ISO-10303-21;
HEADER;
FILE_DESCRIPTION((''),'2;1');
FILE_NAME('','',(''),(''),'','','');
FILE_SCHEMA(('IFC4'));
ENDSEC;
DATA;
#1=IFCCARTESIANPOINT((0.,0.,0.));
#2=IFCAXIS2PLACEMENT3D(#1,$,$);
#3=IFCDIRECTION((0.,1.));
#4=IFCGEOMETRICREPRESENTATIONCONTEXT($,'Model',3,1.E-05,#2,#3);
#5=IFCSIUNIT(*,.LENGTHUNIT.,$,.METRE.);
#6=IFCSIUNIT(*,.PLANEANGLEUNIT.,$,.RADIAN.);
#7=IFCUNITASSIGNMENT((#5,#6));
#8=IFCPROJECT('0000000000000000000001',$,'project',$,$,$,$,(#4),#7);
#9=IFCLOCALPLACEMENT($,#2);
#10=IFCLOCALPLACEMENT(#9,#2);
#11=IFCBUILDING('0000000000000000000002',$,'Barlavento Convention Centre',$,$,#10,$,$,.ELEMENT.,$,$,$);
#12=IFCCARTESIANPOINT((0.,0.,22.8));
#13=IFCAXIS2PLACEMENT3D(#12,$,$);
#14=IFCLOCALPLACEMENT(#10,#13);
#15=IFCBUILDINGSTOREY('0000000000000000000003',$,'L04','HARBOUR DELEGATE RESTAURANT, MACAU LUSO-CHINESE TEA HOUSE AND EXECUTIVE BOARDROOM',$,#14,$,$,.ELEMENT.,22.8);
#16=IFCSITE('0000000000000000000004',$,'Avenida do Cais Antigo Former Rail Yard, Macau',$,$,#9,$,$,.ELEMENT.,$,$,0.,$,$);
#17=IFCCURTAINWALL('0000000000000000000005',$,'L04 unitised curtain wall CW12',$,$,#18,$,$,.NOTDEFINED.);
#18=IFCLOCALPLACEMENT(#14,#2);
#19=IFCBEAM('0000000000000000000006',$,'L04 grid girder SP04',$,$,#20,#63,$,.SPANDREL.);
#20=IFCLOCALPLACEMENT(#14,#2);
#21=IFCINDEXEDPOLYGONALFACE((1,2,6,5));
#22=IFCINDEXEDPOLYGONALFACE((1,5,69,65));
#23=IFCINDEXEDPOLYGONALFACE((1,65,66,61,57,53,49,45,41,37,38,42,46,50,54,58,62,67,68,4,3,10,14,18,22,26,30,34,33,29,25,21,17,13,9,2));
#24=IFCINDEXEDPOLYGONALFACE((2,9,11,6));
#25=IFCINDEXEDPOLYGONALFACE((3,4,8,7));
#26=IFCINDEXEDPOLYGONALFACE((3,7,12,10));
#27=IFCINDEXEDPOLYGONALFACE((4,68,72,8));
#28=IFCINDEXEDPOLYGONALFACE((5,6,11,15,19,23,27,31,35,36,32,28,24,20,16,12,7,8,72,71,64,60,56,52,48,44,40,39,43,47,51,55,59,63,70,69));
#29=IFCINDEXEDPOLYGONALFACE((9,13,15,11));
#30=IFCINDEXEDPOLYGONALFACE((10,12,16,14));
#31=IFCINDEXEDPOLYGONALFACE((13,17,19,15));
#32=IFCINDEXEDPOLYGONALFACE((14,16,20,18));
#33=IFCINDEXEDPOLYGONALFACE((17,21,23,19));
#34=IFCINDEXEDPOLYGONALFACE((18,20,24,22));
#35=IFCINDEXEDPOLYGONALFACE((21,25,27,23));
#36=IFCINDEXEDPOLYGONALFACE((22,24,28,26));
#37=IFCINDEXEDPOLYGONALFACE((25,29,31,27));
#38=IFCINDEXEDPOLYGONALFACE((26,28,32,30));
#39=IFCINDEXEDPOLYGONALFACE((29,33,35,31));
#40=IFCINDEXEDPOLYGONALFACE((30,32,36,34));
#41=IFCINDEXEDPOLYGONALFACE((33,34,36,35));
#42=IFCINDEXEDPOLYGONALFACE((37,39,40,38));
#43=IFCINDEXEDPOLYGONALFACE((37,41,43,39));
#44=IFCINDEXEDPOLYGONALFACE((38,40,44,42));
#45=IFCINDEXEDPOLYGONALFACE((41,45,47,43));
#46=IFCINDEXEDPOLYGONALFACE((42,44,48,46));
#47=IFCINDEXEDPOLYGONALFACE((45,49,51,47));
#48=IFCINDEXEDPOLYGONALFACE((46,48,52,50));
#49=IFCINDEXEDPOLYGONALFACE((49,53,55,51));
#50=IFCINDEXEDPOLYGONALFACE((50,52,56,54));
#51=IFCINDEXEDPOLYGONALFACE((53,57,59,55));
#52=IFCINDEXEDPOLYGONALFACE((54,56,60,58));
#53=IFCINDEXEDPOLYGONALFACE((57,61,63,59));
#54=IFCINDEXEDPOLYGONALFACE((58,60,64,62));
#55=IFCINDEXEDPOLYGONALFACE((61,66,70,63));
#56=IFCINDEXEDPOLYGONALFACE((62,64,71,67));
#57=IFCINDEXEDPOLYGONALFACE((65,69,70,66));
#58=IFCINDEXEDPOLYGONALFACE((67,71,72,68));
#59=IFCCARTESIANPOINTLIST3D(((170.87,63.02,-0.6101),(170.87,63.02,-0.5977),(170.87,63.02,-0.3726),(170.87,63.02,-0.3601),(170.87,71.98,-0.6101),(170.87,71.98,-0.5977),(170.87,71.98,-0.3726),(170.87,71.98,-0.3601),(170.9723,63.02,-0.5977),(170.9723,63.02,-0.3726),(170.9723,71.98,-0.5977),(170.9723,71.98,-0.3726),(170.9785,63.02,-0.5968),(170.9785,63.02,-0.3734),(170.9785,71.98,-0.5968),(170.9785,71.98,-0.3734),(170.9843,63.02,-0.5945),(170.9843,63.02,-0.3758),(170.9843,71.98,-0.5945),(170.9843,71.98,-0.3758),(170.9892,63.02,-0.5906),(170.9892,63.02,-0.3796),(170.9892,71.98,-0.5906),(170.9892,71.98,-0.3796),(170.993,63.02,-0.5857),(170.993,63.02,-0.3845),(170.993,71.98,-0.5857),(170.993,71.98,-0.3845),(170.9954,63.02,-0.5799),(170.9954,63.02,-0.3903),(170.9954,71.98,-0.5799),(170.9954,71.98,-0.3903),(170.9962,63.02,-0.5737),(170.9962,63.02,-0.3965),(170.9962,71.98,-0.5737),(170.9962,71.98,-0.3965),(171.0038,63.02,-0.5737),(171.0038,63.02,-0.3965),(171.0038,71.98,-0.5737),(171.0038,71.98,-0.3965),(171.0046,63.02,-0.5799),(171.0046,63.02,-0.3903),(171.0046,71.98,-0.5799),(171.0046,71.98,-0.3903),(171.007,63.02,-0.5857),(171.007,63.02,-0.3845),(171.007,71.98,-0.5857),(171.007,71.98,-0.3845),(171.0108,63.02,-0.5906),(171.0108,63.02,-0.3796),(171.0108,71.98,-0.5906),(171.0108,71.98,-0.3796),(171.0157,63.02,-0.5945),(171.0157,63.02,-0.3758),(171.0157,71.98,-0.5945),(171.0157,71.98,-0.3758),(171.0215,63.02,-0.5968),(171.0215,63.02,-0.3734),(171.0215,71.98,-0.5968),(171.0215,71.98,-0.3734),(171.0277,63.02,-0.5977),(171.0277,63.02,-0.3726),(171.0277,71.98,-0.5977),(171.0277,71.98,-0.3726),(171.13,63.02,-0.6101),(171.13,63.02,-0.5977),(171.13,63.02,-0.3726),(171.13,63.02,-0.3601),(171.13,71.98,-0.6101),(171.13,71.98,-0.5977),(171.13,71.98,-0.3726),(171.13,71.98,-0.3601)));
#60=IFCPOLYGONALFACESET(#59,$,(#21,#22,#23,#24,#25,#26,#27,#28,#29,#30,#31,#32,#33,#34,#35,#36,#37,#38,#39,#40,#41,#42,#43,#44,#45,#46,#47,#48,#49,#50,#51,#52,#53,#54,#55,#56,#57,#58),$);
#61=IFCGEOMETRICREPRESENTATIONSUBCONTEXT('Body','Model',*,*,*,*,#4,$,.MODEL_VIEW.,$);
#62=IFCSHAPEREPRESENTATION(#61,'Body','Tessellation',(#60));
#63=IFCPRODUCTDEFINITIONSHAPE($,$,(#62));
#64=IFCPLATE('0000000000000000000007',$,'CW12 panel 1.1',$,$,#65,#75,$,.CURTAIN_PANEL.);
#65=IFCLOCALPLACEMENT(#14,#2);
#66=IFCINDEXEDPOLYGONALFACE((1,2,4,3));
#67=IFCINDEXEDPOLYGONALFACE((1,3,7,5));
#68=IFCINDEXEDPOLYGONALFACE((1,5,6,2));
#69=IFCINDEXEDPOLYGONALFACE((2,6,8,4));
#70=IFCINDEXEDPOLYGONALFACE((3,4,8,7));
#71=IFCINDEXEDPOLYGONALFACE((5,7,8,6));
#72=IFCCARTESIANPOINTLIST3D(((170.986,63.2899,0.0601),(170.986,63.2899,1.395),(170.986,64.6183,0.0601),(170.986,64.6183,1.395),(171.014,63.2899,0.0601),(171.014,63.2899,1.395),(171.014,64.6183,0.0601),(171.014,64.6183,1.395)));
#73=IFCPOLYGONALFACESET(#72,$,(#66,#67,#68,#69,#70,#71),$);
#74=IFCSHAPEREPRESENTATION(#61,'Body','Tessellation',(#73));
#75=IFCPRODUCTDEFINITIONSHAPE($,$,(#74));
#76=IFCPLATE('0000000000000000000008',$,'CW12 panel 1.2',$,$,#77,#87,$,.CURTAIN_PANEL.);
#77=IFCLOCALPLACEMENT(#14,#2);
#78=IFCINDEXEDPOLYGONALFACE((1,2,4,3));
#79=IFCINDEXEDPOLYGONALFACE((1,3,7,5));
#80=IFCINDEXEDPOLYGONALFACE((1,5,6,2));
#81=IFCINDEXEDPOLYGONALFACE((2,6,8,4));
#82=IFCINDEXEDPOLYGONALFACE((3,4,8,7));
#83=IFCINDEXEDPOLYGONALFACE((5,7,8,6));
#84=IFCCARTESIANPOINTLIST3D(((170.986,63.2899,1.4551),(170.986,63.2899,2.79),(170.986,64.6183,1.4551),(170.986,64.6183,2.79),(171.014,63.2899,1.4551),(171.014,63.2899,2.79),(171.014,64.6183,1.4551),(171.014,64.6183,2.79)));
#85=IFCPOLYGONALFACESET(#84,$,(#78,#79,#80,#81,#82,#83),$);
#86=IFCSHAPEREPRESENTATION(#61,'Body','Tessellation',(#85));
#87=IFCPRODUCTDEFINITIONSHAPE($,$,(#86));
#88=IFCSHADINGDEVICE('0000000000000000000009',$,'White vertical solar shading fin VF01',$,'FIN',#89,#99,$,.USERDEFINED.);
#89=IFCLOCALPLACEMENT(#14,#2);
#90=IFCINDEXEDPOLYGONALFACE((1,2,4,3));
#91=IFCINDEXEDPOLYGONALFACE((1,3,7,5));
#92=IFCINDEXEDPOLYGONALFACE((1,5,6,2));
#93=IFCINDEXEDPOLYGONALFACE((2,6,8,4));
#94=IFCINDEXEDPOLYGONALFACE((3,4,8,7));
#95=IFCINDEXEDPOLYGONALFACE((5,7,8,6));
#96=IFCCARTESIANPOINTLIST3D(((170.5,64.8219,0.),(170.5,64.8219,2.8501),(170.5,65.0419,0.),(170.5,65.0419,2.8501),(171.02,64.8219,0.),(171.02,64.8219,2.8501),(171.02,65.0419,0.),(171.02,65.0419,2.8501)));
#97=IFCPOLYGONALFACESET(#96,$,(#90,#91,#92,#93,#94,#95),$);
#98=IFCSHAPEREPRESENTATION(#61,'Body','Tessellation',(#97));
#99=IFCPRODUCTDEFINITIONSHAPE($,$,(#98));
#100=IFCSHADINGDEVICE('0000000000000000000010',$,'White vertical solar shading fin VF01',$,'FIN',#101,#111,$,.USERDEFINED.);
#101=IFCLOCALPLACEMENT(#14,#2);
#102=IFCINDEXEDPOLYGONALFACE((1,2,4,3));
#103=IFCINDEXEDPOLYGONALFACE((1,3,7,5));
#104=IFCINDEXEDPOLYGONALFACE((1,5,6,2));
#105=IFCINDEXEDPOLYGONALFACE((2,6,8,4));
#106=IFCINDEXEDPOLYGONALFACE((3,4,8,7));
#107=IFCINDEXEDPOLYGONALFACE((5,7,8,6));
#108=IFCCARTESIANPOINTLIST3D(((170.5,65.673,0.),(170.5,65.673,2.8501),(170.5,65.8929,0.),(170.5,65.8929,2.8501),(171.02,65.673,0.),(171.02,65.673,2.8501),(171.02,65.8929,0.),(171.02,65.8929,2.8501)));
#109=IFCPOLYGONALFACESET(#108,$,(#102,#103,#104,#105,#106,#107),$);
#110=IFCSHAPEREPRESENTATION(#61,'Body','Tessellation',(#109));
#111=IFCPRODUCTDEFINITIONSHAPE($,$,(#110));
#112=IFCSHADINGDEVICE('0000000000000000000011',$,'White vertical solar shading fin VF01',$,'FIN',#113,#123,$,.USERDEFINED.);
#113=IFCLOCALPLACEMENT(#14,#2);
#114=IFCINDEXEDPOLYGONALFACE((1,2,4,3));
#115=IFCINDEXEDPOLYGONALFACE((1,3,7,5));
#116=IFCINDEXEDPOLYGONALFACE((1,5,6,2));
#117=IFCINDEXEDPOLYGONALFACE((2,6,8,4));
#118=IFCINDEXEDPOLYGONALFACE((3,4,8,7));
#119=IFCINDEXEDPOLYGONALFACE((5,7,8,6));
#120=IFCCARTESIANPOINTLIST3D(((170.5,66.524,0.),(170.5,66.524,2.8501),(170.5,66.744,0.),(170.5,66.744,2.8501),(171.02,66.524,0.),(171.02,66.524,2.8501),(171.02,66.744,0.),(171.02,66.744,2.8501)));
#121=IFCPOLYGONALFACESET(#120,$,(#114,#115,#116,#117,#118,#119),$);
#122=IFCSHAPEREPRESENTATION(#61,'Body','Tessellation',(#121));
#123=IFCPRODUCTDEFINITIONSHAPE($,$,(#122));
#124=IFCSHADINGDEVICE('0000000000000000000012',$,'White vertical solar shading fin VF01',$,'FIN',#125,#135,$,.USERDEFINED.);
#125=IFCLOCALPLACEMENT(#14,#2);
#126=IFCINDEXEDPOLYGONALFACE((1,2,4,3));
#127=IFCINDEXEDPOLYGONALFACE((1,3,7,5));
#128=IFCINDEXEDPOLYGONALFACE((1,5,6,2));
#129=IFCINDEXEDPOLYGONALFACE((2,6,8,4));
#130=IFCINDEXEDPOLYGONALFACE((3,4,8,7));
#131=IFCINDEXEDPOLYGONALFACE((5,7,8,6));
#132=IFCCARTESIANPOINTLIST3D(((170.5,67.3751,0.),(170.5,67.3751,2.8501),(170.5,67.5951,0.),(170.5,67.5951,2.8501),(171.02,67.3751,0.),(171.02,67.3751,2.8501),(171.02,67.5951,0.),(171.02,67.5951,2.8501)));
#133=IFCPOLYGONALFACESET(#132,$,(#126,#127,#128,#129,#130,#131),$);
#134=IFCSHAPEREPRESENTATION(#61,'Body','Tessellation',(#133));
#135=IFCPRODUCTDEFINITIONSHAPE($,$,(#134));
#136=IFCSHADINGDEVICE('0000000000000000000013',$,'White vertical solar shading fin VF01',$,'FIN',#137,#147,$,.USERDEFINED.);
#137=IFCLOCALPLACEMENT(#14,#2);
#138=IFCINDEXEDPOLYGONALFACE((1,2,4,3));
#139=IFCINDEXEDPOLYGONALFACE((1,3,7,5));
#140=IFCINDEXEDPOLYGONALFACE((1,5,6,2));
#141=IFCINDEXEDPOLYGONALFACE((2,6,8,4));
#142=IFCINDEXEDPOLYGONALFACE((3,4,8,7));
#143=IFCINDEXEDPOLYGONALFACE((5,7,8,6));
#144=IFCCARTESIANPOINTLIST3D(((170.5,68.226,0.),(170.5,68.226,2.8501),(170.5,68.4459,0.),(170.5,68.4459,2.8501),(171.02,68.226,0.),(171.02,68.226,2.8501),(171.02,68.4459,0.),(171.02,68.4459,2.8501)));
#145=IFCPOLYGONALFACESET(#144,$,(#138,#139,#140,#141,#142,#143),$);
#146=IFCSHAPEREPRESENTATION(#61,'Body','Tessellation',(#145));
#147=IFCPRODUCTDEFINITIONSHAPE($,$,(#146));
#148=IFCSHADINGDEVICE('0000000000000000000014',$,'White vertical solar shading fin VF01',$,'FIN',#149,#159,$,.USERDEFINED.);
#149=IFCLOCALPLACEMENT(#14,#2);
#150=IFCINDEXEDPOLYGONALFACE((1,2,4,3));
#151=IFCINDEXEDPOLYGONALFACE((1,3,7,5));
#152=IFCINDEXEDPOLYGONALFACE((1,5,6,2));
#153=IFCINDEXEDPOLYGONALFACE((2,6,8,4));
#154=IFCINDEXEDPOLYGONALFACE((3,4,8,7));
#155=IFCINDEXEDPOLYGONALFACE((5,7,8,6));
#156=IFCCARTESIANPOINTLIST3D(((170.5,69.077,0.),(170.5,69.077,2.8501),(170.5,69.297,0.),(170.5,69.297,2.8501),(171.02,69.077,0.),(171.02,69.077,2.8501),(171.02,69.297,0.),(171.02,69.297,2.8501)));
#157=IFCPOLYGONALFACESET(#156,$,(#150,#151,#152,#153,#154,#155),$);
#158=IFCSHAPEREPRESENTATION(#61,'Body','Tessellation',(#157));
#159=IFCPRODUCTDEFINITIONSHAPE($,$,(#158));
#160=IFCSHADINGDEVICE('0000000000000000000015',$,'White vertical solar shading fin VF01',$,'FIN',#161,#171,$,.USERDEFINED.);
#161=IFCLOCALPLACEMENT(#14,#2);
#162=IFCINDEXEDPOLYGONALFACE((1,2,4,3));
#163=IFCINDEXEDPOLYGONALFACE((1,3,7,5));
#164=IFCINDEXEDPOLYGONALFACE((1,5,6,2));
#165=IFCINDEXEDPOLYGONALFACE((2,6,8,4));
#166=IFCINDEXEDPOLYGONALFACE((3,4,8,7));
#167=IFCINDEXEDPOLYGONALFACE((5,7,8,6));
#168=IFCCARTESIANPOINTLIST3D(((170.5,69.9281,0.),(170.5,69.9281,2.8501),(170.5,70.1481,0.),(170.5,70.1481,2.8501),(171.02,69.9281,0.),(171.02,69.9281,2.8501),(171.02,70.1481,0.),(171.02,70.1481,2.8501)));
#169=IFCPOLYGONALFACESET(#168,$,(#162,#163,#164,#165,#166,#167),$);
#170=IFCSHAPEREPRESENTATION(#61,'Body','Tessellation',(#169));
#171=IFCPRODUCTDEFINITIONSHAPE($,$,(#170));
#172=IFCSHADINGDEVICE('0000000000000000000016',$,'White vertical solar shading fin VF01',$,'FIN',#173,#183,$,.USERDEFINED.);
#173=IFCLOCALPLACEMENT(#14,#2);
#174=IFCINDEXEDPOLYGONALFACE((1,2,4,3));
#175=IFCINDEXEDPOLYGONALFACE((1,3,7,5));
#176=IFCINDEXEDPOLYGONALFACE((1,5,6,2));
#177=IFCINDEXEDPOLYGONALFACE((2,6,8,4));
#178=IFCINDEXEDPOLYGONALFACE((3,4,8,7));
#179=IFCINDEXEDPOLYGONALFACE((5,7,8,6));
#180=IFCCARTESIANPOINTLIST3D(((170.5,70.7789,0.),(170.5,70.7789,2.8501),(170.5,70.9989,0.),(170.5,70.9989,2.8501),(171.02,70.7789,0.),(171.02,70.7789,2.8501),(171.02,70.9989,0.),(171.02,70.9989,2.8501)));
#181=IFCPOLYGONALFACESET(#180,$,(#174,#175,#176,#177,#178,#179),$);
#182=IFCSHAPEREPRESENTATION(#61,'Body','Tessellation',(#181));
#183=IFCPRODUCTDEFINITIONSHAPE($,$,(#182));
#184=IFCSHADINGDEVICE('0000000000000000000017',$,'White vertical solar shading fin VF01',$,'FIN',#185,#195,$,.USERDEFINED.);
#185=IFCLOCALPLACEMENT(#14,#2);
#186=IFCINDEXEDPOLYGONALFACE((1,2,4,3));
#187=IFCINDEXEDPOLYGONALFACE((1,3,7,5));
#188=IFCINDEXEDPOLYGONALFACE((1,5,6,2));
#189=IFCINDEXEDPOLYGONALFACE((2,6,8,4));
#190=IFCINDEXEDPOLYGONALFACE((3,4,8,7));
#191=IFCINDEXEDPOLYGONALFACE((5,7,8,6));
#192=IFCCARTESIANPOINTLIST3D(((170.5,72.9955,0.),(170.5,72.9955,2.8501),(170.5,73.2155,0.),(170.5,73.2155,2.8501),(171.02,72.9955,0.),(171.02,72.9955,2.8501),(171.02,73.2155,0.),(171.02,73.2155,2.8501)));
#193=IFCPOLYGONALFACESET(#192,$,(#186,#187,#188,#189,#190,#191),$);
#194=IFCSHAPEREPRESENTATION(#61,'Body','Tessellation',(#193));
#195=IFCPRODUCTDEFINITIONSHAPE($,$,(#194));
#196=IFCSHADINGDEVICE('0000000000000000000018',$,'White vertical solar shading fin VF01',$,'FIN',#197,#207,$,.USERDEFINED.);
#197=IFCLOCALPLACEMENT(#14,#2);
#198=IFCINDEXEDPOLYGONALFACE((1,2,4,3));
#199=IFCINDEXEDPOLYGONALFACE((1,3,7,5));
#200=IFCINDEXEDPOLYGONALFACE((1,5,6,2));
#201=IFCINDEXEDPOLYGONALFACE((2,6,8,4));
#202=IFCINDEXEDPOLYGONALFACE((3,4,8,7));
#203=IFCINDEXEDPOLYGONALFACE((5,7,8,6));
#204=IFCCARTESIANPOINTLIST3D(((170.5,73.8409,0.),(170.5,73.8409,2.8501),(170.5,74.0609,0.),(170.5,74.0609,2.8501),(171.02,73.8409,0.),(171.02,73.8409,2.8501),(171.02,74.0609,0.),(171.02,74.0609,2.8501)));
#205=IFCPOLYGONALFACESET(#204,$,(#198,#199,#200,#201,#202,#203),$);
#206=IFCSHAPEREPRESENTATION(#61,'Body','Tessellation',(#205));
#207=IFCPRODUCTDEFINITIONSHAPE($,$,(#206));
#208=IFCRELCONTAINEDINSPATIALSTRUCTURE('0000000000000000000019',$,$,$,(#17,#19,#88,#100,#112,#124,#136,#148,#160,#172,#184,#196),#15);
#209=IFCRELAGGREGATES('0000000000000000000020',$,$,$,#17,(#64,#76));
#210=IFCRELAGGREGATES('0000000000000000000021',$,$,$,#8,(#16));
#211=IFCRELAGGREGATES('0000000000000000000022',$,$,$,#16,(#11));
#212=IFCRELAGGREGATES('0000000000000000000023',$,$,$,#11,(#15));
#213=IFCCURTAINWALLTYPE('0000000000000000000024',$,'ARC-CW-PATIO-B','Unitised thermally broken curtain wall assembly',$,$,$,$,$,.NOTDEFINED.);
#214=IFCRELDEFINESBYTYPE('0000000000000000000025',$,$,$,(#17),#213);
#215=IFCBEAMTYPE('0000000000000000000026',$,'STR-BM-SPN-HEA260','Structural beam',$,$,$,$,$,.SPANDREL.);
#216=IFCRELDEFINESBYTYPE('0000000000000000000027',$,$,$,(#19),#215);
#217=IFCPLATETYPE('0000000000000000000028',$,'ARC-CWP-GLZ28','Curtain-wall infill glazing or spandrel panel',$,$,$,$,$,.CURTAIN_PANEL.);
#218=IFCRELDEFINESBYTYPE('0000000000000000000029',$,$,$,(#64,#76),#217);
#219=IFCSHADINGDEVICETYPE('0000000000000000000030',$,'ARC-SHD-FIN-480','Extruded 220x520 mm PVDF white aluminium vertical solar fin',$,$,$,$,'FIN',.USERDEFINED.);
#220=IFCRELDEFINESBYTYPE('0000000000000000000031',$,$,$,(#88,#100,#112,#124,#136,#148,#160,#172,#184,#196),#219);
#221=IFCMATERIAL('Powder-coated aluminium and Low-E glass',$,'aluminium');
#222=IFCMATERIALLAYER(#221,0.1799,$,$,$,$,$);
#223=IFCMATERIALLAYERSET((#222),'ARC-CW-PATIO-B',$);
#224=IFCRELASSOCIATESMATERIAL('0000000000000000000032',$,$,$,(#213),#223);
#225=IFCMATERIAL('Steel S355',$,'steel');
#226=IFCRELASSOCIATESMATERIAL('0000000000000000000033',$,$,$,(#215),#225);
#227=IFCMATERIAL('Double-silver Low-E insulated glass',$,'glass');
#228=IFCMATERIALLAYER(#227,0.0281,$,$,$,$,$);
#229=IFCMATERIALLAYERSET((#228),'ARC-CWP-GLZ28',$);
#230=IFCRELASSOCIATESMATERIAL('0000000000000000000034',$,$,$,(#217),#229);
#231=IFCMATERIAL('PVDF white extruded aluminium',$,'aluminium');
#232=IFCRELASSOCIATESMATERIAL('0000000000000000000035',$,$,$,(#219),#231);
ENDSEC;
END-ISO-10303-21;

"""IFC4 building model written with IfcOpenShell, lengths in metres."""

from ifc_helpers import new_model, si_unit, direction, frame, origin, origin_2d, place, context, subcontext, project, spatial, rectangle, i_section, extrude, material, layer, layer_set, material_profile, profile_set, type_object, element, aggregate, save


model = new_model("IFC4")

# Units and contexts
model_context = context("Model", 3, precision=1e-05, world=origin(), true_north=direction((0.0, 1.0)))
body_context = subcontext(model_context, "Body", "Model", "MODEL_VIEW")
ifc_project = project(units=[si_unit("LENGTHUNIT", "METRE"), si_unit("PLANEANGLEUNIT", "RADIAN")], contexts=[model_context])

# Site, building, storey
site_placement = place(None, origin())
site = spatial("IfcSite", under=ifc_project, at=site_placement, Name="Avenida do Cais Antigo Former Rail Yard, Macau", CompositionType="ELEMENT", RefElevation=0.0)
building_placement = place(site_placement, origin())
building = spatial("IfcBuilding", under=site, at=building_placement, Name="Barlavento Convention Centre", CompositionType="ELEMENT")
storey_placement = place(building_placement, frame((0.0, 0.0, 22.8)))
storey = spatial("IfcBuildingStorey", under=building, at=storey_placement, Name="L04", Description="HARBOUR DELEGATE RESTAURANT, MACAU LUSO-CHINESE TEA HOUSE AND EXECUTIVE BOARDROOM", CompositionType="ELEMENT", Elevation=22.8)

# Shared definitions
ifc_material_1 = material(Name="Steel S355", Category="steel")

# Curtain wall
ifc_material_2 = material(Name="Powder-coated aluminium and Low-E glass", Category="aluminium")
ifc_layer_1 = layer(ifc_material_2, 0.1799)
ifc_layer_set_1 = layer_set([ifc_layer_1], Name="ARC-CW-PATIO-B")
curtain_wall_type = type_object("IfcCurtainWallType", Name="ARC-CW-PATIO-B", Description="Unitised thermally broken curtain wall assembly", PredefinedType="NOTDEFINED", material=ifc_layer_set_1)
curtain_wall_placement = place(storey_placement, origin())
curtain_wall = element("IfcCurtainWall", 1, at=curtain_wall_placement, inside=storey, type_object=curtain_wall_type, Name="L04 unitised curtain wall CW12", PredefinedType="NOTDEFINED")

# Beam
ifc_material_profile_1 = material_profile(ifc_material_1, i_section(OverallWidth=0.26, OverallDepth=0.25, WebThickness=0.0076, FlangeThickness=0.0125, FilletRadius=0.0239, at=origin_2d()), Name="HEA 260")
ifc_profile_set_1 = profile_set([ifc_material_profile_1], Name="Steel S355")
beam_type = type_object("IfcBeamType", Name="STR-BM-SPN-HEA260", Description="Structural beam", PredefinedType="SPANDREL", material=ifc_profile_set_1)
beam_placement = place(storey_placement, frame((171.0, 63.02, -0.4851), z_axis=(0.0, 1.0, 0.0), x_axis=(-1.0, 0.0, 0.0)))
element("IfcBeam", 2, at=beam_placement, inside=storey, type_object=beam_type, Name="L04 grid girder SP04", PredefinedType="SPANDREL", context=body_context, shape_type="SweptSolid", body=[
    extrude(i_section(OverallWidth=0.26, OverallDepth=0.25, WebThickness=0.0076, FlangeThickness=0.0125, FilletRadius=0.0239, at=origin_2d()), origin(), (0.0, 0.0, 1.0), 8.96),
])

# Plates
ifc_material_3 = material(Name="Double-silver Low-E insulated glass", Category="glass")
ifc_layer_2 = layer(ifc_material_3, 0.0281)
ifc_layer_set_2 = layer_set([ifc_layer_2], Name="ARC-CWP-GLZ28")
plate_type = type_object("IfcPlateType", Name="ARC-CWP-GLZ28", Description="Curtain-wall infill glazing or spandrel panel", PredefinedType="CURTAIN_PANEL", material=ifc_layer_set_2)
plate_1_placement = place(storey_placement, frame((171.0, 63.9541, 0.0601), z_axis=(0.0, 0.0, 1.0), x_axis=(0.0, 1.0, 0.0)))
plate_1 = element("IfcPlate", 3, at=plate_1_placement, type_object=plate_type, Name="CW12 panel 1.1", PredefinedType="CURTAIN_PANEL", context=body_context, shape_type="SweptSolid", body=[
    extrude(rectangle(XDim=1.3284, YDim=0.0281, at=origin_2d()), origin(), (0.0, 0.0, 1.0), 1.335),
])
plate_2_placement = place(storey_placement, frame((171.0, 63.9541, 1.4551), z_axis=(0.0, 0.0, 1.0), x_axis=(0.0, 1.0, 0.0)))
plate_2 = element("IfcPlate", 4, at=plate_2_placement, type_object=plate_type, Name="CW12 panel 1.2", PredefinedType="CURTAIN_PANEL", context=body_context, shape_type="SweptSolid", body=[
    extrude(rectangle(XDim=1.3284, YDim=0.0281, at=origin_2d()), origin(), (0.0, 0.0, 1.0), 1.335),
])
aggregate(curtain_wall, [plate_1, plate_2])

# Shading devices
ifc_material_4 = material(Name="PVDF white extruded aluminium", Category="aluminium")
shading_device_type = type_object("IfcShadingDeviceType", Name="ARC-SHD-FIN-480", Description="Extruded 220x520 mm PVDF white aluminium vertical solar fin", ElementType="FIN", PredefinedType="USERDEFINED", material=ifc_material_4)
for number, where, z_axis, x_axis, name in (
    (5, (170.76, 64.9319, 0.0), (0.0, 0.0, 1.0), (0.0, 1.0, 0.0), "White vertical solar shading fin VF01"),
    (6, (170.76, 65.783, 0.0), (0.0, 0.0, 1.0), (0.0, 1.0, 0.0), "White vertical solar shading fin VF01"),
    (7, (170.76, 66.634, 0.0), (0.0, 0.0, 1.0), (0.0, 1.0, 0.0), "White vertical solar shading fin VF01"),
    (8, (170.76, 67.4851, 0.0), (0.0, 0.0, 1.0), (0.0, 1.0, 0.0), "White vertical solar shading fin VF01"),
    (9, (170.76, 68.3359, 0.0), (0.0, 0.0, 1.0), (0.0, 1.0, 0.0), "White vertical solar shading fin VF01"),
    (10, (170.76, 69.187, 0.0), (0.0, 0.0, 1.0), (0.0, 1.0, 0.0), "White vertical solar shading fin VF01"),
    (11, (170.76, 70.0381, 0.0), (0.0, 0.0, 1.0), (0.0, 1.0, 0.0), "White vertical solar shading fin VF01"),
    (12, (170.76, 70.8889, 0.0), (0.0, 0.0, 1.0), (0.0, 1.0, 0.0), "White vertical solar shading fin VF01"),
    (13, (170.76, 73.1055, 0.0), (0.0, 0.0, 1.0), (0.0, 1.0, 0.0), "White vertical solar shading fin VF01"),
    (14, (170.76, 73.9509, 0.0), (0.0, 0.0, 1.0), (0.0, 1.0, 0.0), "White vertical solar shading fin VF01"),
):
    element("IfcShadingDevice", number, at=place(storey_placement, frame(where, z_axis=z_axis, x_axis=x_axis)), inside=storey, type_object=shading_device_type, Name=name, ObjectType="FIN", PredefinedType="USERDEFINED", context=body_context, shape_type="SweptSolid", body=[
        extrude(rectangle(XDim=0.22, YDim=0.52, at=origin_2d()), origin(), (0.0, 0.0, 1.0), 2.8501),
    ])

save(model, "model.ifc")
